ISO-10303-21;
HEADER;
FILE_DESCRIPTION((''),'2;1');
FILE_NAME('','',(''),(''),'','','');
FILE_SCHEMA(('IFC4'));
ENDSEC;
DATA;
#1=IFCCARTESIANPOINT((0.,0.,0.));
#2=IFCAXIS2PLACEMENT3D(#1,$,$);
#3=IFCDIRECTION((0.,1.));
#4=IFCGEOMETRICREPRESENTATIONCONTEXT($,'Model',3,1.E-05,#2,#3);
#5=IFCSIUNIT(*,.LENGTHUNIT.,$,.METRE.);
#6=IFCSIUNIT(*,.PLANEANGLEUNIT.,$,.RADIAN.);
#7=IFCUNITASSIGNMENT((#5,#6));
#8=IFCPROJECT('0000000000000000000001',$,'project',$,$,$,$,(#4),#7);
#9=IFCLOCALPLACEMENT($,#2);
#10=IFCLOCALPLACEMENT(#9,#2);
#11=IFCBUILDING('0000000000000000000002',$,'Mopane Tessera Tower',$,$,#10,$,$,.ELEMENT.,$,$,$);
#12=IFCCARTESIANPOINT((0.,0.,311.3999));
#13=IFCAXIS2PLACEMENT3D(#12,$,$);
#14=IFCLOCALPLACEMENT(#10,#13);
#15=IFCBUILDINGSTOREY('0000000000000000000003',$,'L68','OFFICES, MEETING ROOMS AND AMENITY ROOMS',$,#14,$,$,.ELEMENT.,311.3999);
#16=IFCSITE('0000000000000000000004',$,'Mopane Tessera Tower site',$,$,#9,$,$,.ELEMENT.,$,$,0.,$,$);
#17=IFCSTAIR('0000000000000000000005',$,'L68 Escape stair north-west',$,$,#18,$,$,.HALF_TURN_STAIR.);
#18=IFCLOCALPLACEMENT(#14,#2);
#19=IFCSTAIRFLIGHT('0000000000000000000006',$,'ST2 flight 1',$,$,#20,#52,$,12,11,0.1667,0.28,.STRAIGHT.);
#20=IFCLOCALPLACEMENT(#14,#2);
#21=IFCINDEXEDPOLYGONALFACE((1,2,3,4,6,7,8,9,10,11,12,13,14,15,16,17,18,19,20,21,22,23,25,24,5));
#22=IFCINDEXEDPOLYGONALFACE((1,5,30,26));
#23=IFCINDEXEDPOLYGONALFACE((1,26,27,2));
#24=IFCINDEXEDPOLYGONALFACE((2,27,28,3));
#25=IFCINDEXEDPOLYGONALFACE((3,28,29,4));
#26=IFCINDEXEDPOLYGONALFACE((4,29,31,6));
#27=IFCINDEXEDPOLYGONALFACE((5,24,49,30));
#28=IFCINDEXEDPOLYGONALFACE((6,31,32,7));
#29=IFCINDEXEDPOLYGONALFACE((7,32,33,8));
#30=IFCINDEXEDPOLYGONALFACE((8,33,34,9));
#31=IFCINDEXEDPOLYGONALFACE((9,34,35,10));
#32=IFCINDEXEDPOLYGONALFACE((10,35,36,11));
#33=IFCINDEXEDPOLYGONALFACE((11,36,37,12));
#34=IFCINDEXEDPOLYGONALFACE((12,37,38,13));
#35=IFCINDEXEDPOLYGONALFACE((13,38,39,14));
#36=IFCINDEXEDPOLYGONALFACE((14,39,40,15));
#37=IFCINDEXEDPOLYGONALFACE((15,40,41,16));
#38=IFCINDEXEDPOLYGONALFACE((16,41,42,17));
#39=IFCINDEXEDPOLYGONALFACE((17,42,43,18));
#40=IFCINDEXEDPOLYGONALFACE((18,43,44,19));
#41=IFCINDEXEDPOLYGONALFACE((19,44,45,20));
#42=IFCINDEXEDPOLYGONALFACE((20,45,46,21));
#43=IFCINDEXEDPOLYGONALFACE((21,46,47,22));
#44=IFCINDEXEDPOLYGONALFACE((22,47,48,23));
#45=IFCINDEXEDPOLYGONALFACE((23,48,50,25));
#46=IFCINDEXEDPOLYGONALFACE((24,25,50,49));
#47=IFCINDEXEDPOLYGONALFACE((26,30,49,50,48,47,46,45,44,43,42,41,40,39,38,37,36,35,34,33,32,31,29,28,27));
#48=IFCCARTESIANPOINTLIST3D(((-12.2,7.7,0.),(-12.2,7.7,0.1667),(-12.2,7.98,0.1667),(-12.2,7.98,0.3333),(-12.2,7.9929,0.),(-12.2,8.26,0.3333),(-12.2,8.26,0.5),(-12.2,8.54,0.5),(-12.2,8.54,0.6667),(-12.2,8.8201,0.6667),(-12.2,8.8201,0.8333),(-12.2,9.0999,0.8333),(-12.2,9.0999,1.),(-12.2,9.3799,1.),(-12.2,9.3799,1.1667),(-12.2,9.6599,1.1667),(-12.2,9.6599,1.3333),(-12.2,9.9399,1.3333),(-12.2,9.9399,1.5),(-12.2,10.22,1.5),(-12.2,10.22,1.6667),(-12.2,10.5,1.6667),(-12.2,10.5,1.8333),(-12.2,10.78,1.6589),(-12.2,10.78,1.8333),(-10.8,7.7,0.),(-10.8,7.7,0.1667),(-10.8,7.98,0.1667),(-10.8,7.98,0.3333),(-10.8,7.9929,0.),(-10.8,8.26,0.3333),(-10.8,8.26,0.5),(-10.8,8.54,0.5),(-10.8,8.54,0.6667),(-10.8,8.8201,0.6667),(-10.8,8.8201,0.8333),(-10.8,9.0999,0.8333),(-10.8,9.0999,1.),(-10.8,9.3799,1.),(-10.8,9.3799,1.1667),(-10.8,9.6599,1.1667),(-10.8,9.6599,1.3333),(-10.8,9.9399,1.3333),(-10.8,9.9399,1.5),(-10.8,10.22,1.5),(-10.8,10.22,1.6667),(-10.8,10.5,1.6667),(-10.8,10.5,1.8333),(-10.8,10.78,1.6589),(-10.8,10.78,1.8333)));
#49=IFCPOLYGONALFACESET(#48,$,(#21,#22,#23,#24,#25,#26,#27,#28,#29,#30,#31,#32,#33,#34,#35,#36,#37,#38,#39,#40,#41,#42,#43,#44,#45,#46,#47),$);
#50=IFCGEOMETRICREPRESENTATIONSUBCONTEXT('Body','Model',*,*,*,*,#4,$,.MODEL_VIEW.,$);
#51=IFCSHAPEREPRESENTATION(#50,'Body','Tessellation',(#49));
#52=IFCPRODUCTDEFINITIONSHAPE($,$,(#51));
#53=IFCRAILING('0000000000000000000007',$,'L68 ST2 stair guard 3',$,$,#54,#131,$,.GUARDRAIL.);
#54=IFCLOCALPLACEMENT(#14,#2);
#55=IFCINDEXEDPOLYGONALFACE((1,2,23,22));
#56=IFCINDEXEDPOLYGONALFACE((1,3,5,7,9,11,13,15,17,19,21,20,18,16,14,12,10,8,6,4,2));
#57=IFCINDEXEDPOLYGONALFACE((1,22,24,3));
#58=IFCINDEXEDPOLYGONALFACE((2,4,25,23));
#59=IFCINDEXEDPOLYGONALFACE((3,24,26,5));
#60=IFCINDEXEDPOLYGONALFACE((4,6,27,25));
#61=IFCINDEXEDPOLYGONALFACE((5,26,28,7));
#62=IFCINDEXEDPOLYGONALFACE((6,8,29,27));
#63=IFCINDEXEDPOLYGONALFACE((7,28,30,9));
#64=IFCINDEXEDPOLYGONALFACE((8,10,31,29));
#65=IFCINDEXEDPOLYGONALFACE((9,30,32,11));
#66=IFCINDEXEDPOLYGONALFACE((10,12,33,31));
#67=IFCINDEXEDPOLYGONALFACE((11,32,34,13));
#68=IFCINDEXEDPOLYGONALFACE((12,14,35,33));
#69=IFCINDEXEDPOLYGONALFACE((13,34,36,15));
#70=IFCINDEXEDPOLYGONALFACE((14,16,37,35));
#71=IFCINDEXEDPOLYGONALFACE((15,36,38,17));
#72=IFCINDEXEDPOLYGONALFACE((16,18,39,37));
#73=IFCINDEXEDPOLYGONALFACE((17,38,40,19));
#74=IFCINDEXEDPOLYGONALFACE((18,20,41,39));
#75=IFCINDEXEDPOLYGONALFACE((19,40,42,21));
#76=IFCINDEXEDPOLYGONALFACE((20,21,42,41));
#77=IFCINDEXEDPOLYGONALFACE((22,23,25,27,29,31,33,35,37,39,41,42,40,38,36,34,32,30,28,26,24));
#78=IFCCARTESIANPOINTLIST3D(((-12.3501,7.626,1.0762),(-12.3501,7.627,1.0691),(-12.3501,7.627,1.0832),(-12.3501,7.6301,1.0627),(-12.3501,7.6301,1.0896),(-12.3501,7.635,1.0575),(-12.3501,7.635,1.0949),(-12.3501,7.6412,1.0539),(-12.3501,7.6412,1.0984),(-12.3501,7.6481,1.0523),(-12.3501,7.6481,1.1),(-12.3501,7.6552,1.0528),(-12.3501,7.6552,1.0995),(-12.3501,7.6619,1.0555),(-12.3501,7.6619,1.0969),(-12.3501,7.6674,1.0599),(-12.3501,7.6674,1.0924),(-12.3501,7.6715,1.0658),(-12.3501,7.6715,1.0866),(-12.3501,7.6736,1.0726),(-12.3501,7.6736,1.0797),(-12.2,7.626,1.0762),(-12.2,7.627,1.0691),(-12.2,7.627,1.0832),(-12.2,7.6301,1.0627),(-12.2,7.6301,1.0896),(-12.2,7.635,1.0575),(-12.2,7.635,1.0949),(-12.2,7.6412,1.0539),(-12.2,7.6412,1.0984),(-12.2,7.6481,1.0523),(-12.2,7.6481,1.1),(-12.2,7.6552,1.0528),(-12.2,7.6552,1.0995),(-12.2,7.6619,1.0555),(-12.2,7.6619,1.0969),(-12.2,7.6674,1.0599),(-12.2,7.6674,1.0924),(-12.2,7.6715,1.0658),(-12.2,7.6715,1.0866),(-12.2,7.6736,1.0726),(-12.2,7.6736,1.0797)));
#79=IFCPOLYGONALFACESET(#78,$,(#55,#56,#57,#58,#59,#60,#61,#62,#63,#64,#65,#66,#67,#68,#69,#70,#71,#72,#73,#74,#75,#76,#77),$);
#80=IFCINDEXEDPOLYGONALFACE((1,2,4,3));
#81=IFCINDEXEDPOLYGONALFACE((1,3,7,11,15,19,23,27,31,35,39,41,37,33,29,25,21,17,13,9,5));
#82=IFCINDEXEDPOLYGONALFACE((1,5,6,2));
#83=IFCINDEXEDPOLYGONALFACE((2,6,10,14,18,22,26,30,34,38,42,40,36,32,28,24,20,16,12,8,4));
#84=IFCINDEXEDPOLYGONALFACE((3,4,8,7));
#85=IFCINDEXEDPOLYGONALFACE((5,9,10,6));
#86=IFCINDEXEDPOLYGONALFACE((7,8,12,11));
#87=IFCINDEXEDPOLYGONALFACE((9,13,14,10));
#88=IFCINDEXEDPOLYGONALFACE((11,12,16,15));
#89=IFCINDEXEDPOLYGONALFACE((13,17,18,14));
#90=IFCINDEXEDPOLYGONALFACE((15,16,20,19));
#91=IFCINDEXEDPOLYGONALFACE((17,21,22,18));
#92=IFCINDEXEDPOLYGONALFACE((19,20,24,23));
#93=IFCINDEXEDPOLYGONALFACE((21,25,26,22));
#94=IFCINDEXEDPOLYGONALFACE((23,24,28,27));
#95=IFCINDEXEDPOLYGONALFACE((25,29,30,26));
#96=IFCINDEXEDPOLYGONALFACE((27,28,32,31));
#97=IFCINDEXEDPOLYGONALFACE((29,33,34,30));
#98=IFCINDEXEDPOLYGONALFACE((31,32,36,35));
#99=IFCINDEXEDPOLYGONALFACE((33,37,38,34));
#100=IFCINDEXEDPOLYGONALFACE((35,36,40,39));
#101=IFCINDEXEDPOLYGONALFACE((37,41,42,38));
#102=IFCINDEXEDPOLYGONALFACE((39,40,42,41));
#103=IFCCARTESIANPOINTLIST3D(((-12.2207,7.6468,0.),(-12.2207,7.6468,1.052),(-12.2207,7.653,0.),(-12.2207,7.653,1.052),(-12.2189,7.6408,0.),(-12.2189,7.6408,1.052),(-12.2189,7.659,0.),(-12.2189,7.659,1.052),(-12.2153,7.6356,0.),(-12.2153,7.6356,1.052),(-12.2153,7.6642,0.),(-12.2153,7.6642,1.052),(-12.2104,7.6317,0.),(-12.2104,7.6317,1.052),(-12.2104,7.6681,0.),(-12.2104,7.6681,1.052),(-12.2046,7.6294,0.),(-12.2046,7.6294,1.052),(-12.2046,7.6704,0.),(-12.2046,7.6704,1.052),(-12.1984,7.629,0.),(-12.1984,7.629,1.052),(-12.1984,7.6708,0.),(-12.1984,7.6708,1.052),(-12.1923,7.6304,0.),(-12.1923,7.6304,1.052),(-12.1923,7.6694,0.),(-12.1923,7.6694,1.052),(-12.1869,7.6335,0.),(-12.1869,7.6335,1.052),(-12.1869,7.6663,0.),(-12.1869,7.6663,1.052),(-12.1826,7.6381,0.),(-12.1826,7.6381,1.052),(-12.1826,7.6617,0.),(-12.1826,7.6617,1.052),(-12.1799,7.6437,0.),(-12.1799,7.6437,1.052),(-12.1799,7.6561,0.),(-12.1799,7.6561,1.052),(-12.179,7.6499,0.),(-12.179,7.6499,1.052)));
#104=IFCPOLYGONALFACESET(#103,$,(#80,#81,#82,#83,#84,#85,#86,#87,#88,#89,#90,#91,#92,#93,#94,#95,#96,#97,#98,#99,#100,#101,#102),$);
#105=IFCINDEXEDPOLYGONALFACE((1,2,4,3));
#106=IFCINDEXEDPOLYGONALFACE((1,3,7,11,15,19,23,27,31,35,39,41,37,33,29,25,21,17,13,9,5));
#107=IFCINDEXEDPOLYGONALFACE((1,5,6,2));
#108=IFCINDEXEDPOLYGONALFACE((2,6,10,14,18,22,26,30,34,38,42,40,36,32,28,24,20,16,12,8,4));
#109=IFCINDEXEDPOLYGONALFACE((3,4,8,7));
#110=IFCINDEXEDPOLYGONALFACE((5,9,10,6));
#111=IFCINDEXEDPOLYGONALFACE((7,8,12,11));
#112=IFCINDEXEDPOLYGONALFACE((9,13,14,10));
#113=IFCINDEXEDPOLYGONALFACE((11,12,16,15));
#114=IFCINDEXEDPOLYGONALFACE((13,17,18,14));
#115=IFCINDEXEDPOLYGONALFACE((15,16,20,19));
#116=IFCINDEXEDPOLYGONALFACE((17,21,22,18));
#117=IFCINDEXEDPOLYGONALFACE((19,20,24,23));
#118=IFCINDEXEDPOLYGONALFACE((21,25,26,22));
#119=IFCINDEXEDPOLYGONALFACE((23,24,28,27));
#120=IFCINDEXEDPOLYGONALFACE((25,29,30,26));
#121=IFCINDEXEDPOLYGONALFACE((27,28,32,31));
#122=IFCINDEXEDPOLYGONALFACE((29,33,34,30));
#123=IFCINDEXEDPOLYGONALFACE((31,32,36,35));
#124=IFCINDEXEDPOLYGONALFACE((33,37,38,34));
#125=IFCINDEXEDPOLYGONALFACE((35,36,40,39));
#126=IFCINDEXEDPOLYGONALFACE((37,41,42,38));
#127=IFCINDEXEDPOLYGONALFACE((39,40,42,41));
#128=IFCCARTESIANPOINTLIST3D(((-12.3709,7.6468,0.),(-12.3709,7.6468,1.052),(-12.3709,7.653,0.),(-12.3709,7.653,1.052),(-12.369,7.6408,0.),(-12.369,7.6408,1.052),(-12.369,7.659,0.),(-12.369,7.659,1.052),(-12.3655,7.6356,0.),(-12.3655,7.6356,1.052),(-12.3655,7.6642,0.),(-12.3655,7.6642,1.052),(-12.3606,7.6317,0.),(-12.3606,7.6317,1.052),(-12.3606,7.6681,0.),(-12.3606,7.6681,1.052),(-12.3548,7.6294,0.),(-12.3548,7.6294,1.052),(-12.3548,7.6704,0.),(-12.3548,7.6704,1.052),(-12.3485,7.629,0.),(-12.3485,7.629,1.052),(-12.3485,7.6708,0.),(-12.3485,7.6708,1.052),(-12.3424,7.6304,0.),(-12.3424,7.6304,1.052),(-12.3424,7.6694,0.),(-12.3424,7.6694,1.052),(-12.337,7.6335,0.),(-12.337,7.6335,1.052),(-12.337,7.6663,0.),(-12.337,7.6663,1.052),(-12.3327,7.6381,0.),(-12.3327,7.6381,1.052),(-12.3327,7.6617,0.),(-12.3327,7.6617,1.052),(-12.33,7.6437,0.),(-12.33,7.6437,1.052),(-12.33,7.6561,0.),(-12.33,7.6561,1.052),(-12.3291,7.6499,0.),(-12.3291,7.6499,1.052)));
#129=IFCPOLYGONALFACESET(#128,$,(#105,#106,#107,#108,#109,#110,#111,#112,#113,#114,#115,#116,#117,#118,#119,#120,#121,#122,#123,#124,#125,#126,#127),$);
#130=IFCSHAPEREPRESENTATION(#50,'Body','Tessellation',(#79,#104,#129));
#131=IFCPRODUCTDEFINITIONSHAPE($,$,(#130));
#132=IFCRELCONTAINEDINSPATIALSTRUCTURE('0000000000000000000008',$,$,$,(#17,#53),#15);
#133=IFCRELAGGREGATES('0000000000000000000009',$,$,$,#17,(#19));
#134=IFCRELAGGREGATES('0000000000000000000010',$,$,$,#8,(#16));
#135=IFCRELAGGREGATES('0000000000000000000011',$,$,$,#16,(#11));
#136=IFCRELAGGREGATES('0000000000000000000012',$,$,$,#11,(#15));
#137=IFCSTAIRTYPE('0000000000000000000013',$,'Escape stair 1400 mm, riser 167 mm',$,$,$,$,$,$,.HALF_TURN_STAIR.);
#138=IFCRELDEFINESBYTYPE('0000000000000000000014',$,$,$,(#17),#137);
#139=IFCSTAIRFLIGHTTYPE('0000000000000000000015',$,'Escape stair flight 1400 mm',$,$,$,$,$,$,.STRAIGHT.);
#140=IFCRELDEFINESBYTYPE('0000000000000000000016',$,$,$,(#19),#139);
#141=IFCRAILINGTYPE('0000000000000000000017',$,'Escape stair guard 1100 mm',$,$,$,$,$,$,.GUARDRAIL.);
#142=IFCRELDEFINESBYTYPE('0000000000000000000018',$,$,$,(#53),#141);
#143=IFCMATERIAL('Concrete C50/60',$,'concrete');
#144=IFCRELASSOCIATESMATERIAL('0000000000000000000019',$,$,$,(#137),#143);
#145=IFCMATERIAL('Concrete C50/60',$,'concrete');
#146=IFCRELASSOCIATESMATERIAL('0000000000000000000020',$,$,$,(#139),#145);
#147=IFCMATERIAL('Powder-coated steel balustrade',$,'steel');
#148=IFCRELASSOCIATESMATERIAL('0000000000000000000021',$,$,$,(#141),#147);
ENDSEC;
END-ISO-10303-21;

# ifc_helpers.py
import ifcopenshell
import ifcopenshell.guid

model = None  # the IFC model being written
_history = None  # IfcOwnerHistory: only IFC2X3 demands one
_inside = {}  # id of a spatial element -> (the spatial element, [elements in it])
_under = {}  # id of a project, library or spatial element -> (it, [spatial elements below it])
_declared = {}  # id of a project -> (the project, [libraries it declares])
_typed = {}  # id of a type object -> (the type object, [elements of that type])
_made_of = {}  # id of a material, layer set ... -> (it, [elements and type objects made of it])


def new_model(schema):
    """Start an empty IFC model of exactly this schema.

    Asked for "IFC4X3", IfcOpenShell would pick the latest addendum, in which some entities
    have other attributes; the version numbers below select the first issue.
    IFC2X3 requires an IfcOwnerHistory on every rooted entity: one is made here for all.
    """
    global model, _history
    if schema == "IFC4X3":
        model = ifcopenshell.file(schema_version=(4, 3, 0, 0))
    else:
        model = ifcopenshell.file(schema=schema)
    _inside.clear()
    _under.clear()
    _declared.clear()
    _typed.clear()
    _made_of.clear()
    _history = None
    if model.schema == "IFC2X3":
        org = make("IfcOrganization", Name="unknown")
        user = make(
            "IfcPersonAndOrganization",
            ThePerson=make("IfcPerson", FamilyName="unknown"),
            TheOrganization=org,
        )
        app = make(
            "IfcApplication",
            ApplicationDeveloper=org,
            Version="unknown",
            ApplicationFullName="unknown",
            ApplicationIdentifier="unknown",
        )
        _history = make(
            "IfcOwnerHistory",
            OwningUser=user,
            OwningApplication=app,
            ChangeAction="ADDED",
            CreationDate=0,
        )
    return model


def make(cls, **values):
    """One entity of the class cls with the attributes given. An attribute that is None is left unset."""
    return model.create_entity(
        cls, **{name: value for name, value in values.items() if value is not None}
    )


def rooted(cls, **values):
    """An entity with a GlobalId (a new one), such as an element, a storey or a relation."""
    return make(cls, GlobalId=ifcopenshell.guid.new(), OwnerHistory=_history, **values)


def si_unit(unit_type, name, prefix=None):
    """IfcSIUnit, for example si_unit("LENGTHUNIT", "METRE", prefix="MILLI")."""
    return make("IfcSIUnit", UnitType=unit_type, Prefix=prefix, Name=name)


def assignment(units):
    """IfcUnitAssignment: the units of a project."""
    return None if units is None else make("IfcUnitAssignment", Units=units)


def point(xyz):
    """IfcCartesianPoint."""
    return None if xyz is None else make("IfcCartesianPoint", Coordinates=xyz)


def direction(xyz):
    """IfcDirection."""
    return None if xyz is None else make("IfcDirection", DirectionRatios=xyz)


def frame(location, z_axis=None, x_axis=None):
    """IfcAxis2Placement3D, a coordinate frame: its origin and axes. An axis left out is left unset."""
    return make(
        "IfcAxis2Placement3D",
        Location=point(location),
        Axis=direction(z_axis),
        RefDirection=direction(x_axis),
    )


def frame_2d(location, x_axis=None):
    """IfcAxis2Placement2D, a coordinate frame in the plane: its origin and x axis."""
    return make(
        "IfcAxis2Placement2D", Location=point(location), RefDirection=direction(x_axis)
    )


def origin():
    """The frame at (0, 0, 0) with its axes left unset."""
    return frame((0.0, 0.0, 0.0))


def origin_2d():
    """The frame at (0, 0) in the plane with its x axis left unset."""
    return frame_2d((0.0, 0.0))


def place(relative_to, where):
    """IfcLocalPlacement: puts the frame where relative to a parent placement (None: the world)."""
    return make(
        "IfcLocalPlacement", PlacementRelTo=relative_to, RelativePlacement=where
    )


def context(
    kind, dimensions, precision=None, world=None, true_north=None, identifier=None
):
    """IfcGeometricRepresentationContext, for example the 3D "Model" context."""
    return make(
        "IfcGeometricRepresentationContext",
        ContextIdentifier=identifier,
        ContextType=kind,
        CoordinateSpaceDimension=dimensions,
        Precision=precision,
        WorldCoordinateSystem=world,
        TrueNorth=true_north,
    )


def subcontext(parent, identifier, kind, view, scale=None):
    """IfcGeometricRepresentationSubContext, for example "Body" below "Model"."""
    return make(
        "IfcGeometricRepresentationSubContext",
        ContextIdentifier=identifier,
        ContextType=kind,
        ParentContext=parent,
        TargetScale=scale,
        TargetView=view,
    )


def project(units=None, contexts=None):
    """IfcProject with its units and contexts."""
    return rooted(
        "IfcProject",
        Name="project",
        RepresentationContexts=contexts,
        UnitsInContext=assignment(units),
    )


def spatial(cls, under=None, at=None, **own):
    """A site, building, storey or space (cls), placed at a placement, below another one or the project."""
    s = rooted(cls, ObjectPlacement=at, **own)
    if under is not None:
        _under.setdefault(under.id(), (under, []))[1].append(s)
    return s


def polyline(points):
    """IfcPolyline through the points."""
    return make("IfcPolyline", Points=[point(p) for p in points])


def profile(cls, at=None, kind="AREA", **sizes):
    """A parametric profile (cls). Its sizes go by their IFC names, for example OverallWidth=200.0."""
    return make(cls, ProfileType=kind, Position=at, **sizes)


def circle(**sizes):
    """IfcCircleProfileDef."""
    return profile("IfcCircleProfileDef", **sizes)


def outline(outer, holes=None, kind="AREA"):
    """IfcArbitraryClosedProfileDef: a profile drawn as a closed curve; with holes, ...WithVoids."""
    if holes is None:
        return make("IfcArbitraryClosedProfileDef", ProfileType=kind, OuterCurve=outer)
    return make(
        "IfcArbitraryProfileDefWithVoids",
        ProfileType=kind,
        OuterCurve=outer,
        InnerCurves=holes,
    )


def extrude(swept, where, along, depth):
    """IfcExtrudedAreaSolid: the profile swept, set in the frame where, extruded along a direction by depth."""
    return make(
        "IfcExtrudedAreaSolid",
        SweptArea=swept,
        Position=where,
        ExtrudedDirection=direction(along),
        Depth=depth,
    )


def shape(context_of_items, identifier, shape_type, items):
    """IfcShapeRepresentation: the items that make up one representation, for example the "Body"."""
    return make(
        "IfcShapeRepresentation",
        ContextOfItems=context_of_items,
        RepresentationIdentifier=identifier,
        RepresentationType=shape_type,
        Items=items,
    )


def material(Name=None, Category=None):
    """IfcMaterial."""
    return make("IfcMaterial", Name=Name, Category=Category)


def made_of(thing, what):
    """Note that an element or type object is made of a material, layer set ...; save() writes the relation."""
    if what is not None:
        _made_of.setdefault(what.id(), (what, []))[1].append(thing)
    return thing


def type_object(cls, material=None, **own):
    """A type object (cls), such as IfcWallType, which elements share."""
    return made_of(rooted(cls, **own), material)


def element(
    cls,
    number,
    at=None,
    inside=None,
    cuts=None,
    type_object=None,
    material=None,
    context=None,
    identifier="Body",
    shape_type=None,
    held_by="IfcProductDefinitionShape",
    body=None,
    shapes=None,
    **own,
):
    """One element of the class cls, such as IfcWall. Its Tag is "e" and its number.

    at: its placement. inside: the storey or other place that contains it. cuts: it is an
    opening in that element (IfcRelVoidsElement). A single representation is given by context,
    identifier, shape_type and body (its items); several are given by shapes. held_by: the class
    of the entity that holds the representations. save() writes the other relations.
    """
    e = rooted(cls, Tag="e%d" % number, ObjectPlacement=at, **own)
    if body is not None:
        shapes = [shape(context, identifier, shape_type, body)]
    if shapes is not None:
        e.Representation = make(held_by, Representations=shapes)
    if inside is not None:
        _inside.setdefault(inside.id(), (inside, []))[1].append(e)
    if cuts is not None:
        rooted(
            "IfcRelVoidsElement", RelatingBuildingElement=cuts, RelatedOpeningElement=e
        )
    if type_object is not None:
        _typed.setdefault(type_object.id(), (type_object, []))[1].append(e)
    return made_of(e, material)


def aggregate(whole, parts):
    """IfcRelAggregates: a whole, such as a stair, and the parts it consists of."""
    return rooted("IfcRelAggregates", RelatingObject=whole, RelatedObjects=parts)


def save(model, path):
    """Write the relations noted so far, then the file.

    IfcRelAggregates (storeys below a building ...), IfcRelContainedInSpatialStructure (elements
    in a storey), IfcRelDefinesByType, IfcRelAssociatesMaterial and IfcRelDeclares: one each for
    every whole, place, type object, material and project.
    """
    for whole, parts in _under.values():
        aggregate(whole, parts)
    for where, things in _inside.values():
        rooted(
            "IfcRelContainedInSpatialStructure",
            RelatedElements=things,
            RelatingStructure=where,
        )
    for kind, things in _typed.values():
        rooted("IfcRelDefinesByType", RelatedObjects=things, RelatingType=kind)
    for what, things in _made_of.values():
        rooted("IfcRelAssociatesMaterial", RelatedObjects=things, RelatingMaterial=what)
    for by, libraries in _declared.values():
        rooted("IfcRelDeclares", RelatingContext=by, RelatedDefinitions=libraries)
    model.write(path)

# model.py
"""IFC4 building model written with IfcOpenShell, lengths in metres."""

from ifc_helpers import new_model, si_unit, direction, frame, origin, origin_2d, place, context, subcontext, project, spatial, polyline, circle, outline, extrude, material, type_object, element, aggregate, save


model = new_model("IFC4")

# Units and contexts
model_context = context("Model", 3, precision=1e-05, world=origin(), true_north=direction((0.0, 1.0)))
body_context = subcontext(model_context, "Body", "Model", "MODEL_VIEW")
ifc_project = project(units=[si_unit("LENGTHUNIT", "METRE"), si_unit("PLANEANGLEUNIT", "RADIAN")], contexts=[model_context])

# Site, building, storey
site_placement = place(None, origin())
site = spatial("IfcSite", under=ifc_project, at=site_placement, Name="Mopane Tessera Tower site", CompositionType="ELEMENT", RefElevation=0.0)
building_placement = place(site_placement, origin())
building = spatial("IfcBuilding", under=site, at=building_placement, Name="Mopane Tessera Tower", CompositionType="ELEMENT")
storey_placement = place(building_placement, frame((0.0, 0.0, 311.3999)))
storey = spatial("IfcBuildingStorey", under=building, at=storey_placement, Name="L68", Description="OFFICES, MEETING ROOMS AND AMENITY ROOMS", CompositionType="ELEMENT", Elevation=311.3999)

# Stair, stair flight
ifc_material_1 = material(Name="Concrete C50/60", Category="concrete")
stair_type = type_object("IfcStairType", Name="Escape stair 1400 mm, riser 167 mm", PredefinedType="HALF_TURN_STAIR", material=ifc_material_1)
stair_placement = place(storey_placement, origin())
stair = element("IfcStair", 1, at=stair_placement, inside=storey, type_object=stair_type, Name="L68 Escape stair north-west", PredefinedType="HALF_TURN_STAIR")
ifc_material_2 = material(Name="Concrete C50/60", Category="concrete")
stair_flight_type = type_object("IfcStairFlightType", Name="Escape stair flight 1400 mm", PredefinedType="STRAIGHT", material=ifc_material_2)
stair_flight_placement = place(storey_placement, frame((-11.5, 7.7, 0.0), z_axis=(0.0, 0.0, 1.0), x_axis=(0.0, 1.0, 0.0)))
stair_flight = element("IfcStairFlight", 2, at=stair_flight_placement, type_object=stair_flight_type, Name="ST2 flight 1", NumberOfRisers=12, NumberOfTreads=11, PredefinedType="STRAIGHT", RiserHeight=0.1667, TreadLength=0.28, context=body_context, shape_type="SweptSolid", body=[
    extrude(outline(polyline([(0.0, 0.0), (0.0, 0.1667), (0.28, 0.1667), (0.28, 0.3333), (0.5601, 0.3333), (0.5601, 0.5), (0.8401, 0.5), (0.8401, 0.6667), (1.1201, 0.6667), (1.1201, 0.8333), (1.3999, 0.8333), (1.3999, 1.0), (1.6799, 1.0), (1.6799, 1.1667), (1.96, 1.1667), (1.96, 1.3333), (2.24, 1.3333), (2.24, 1.5), (2.52, 1.5), (2.52, 1.6667), (2.8, 1.6667), (2.8, 1.8333), (3.0801, 1.8333), (3.0801, 2.0), (3.0801, 1.6589), (0.293, 0.0), (0.0, 0.0)])), frame((0.0, 0.7, 0.0), z_axis=(0.0, -1.0, 0.0), x_axis=(1.0, 0.0, 0.0)), (0.0, 0.0, 1.0), 1.3999),
])
aggregate(stair, [stair_flight])

# Railing
ifc_material_3 = material(Name="Powder-coated steel balustrade", Category="steel")
railing_type_1 = type_object("IfcRailingType", Name="Escape stair guard 1100 mm", PredefinedType="GUARDRAIL", material=ifc_material_3)
railing_1_placement = place(storey_placement, frame((-12.2, 7.6499, 0.0)))
element("IfcRailing", 3, at=railing_1_placement, inside=storey, type_object=railing_type_1, Name="L68 ST2 stair guard 3", PredefinedType="GUARDRAIL", context=body_context, shape_type="SweptSolid", body=[
    extrude(circle(Radius=0.0239, at=origin_2d()), frame((0.0, 0.0, 1.0762), z_axis=(-1.0, 0.0, 0.0), x_axis=(0.0, -1.0, 0.0)), (0.0, 0.0, 1.0), 0.1501),
    extrude(circle(Radius=0.021, at=origin_2d()), origin(), (0.0, 0.0, 1.0), 1.052),
    extrude(circle(Radius=0.021, at=origin_2d()), frame((-0.1501, 0.0, 0.0)), (0.0, 0.0, 1.0), 1.052),
])

save(model, "model.ifc")
